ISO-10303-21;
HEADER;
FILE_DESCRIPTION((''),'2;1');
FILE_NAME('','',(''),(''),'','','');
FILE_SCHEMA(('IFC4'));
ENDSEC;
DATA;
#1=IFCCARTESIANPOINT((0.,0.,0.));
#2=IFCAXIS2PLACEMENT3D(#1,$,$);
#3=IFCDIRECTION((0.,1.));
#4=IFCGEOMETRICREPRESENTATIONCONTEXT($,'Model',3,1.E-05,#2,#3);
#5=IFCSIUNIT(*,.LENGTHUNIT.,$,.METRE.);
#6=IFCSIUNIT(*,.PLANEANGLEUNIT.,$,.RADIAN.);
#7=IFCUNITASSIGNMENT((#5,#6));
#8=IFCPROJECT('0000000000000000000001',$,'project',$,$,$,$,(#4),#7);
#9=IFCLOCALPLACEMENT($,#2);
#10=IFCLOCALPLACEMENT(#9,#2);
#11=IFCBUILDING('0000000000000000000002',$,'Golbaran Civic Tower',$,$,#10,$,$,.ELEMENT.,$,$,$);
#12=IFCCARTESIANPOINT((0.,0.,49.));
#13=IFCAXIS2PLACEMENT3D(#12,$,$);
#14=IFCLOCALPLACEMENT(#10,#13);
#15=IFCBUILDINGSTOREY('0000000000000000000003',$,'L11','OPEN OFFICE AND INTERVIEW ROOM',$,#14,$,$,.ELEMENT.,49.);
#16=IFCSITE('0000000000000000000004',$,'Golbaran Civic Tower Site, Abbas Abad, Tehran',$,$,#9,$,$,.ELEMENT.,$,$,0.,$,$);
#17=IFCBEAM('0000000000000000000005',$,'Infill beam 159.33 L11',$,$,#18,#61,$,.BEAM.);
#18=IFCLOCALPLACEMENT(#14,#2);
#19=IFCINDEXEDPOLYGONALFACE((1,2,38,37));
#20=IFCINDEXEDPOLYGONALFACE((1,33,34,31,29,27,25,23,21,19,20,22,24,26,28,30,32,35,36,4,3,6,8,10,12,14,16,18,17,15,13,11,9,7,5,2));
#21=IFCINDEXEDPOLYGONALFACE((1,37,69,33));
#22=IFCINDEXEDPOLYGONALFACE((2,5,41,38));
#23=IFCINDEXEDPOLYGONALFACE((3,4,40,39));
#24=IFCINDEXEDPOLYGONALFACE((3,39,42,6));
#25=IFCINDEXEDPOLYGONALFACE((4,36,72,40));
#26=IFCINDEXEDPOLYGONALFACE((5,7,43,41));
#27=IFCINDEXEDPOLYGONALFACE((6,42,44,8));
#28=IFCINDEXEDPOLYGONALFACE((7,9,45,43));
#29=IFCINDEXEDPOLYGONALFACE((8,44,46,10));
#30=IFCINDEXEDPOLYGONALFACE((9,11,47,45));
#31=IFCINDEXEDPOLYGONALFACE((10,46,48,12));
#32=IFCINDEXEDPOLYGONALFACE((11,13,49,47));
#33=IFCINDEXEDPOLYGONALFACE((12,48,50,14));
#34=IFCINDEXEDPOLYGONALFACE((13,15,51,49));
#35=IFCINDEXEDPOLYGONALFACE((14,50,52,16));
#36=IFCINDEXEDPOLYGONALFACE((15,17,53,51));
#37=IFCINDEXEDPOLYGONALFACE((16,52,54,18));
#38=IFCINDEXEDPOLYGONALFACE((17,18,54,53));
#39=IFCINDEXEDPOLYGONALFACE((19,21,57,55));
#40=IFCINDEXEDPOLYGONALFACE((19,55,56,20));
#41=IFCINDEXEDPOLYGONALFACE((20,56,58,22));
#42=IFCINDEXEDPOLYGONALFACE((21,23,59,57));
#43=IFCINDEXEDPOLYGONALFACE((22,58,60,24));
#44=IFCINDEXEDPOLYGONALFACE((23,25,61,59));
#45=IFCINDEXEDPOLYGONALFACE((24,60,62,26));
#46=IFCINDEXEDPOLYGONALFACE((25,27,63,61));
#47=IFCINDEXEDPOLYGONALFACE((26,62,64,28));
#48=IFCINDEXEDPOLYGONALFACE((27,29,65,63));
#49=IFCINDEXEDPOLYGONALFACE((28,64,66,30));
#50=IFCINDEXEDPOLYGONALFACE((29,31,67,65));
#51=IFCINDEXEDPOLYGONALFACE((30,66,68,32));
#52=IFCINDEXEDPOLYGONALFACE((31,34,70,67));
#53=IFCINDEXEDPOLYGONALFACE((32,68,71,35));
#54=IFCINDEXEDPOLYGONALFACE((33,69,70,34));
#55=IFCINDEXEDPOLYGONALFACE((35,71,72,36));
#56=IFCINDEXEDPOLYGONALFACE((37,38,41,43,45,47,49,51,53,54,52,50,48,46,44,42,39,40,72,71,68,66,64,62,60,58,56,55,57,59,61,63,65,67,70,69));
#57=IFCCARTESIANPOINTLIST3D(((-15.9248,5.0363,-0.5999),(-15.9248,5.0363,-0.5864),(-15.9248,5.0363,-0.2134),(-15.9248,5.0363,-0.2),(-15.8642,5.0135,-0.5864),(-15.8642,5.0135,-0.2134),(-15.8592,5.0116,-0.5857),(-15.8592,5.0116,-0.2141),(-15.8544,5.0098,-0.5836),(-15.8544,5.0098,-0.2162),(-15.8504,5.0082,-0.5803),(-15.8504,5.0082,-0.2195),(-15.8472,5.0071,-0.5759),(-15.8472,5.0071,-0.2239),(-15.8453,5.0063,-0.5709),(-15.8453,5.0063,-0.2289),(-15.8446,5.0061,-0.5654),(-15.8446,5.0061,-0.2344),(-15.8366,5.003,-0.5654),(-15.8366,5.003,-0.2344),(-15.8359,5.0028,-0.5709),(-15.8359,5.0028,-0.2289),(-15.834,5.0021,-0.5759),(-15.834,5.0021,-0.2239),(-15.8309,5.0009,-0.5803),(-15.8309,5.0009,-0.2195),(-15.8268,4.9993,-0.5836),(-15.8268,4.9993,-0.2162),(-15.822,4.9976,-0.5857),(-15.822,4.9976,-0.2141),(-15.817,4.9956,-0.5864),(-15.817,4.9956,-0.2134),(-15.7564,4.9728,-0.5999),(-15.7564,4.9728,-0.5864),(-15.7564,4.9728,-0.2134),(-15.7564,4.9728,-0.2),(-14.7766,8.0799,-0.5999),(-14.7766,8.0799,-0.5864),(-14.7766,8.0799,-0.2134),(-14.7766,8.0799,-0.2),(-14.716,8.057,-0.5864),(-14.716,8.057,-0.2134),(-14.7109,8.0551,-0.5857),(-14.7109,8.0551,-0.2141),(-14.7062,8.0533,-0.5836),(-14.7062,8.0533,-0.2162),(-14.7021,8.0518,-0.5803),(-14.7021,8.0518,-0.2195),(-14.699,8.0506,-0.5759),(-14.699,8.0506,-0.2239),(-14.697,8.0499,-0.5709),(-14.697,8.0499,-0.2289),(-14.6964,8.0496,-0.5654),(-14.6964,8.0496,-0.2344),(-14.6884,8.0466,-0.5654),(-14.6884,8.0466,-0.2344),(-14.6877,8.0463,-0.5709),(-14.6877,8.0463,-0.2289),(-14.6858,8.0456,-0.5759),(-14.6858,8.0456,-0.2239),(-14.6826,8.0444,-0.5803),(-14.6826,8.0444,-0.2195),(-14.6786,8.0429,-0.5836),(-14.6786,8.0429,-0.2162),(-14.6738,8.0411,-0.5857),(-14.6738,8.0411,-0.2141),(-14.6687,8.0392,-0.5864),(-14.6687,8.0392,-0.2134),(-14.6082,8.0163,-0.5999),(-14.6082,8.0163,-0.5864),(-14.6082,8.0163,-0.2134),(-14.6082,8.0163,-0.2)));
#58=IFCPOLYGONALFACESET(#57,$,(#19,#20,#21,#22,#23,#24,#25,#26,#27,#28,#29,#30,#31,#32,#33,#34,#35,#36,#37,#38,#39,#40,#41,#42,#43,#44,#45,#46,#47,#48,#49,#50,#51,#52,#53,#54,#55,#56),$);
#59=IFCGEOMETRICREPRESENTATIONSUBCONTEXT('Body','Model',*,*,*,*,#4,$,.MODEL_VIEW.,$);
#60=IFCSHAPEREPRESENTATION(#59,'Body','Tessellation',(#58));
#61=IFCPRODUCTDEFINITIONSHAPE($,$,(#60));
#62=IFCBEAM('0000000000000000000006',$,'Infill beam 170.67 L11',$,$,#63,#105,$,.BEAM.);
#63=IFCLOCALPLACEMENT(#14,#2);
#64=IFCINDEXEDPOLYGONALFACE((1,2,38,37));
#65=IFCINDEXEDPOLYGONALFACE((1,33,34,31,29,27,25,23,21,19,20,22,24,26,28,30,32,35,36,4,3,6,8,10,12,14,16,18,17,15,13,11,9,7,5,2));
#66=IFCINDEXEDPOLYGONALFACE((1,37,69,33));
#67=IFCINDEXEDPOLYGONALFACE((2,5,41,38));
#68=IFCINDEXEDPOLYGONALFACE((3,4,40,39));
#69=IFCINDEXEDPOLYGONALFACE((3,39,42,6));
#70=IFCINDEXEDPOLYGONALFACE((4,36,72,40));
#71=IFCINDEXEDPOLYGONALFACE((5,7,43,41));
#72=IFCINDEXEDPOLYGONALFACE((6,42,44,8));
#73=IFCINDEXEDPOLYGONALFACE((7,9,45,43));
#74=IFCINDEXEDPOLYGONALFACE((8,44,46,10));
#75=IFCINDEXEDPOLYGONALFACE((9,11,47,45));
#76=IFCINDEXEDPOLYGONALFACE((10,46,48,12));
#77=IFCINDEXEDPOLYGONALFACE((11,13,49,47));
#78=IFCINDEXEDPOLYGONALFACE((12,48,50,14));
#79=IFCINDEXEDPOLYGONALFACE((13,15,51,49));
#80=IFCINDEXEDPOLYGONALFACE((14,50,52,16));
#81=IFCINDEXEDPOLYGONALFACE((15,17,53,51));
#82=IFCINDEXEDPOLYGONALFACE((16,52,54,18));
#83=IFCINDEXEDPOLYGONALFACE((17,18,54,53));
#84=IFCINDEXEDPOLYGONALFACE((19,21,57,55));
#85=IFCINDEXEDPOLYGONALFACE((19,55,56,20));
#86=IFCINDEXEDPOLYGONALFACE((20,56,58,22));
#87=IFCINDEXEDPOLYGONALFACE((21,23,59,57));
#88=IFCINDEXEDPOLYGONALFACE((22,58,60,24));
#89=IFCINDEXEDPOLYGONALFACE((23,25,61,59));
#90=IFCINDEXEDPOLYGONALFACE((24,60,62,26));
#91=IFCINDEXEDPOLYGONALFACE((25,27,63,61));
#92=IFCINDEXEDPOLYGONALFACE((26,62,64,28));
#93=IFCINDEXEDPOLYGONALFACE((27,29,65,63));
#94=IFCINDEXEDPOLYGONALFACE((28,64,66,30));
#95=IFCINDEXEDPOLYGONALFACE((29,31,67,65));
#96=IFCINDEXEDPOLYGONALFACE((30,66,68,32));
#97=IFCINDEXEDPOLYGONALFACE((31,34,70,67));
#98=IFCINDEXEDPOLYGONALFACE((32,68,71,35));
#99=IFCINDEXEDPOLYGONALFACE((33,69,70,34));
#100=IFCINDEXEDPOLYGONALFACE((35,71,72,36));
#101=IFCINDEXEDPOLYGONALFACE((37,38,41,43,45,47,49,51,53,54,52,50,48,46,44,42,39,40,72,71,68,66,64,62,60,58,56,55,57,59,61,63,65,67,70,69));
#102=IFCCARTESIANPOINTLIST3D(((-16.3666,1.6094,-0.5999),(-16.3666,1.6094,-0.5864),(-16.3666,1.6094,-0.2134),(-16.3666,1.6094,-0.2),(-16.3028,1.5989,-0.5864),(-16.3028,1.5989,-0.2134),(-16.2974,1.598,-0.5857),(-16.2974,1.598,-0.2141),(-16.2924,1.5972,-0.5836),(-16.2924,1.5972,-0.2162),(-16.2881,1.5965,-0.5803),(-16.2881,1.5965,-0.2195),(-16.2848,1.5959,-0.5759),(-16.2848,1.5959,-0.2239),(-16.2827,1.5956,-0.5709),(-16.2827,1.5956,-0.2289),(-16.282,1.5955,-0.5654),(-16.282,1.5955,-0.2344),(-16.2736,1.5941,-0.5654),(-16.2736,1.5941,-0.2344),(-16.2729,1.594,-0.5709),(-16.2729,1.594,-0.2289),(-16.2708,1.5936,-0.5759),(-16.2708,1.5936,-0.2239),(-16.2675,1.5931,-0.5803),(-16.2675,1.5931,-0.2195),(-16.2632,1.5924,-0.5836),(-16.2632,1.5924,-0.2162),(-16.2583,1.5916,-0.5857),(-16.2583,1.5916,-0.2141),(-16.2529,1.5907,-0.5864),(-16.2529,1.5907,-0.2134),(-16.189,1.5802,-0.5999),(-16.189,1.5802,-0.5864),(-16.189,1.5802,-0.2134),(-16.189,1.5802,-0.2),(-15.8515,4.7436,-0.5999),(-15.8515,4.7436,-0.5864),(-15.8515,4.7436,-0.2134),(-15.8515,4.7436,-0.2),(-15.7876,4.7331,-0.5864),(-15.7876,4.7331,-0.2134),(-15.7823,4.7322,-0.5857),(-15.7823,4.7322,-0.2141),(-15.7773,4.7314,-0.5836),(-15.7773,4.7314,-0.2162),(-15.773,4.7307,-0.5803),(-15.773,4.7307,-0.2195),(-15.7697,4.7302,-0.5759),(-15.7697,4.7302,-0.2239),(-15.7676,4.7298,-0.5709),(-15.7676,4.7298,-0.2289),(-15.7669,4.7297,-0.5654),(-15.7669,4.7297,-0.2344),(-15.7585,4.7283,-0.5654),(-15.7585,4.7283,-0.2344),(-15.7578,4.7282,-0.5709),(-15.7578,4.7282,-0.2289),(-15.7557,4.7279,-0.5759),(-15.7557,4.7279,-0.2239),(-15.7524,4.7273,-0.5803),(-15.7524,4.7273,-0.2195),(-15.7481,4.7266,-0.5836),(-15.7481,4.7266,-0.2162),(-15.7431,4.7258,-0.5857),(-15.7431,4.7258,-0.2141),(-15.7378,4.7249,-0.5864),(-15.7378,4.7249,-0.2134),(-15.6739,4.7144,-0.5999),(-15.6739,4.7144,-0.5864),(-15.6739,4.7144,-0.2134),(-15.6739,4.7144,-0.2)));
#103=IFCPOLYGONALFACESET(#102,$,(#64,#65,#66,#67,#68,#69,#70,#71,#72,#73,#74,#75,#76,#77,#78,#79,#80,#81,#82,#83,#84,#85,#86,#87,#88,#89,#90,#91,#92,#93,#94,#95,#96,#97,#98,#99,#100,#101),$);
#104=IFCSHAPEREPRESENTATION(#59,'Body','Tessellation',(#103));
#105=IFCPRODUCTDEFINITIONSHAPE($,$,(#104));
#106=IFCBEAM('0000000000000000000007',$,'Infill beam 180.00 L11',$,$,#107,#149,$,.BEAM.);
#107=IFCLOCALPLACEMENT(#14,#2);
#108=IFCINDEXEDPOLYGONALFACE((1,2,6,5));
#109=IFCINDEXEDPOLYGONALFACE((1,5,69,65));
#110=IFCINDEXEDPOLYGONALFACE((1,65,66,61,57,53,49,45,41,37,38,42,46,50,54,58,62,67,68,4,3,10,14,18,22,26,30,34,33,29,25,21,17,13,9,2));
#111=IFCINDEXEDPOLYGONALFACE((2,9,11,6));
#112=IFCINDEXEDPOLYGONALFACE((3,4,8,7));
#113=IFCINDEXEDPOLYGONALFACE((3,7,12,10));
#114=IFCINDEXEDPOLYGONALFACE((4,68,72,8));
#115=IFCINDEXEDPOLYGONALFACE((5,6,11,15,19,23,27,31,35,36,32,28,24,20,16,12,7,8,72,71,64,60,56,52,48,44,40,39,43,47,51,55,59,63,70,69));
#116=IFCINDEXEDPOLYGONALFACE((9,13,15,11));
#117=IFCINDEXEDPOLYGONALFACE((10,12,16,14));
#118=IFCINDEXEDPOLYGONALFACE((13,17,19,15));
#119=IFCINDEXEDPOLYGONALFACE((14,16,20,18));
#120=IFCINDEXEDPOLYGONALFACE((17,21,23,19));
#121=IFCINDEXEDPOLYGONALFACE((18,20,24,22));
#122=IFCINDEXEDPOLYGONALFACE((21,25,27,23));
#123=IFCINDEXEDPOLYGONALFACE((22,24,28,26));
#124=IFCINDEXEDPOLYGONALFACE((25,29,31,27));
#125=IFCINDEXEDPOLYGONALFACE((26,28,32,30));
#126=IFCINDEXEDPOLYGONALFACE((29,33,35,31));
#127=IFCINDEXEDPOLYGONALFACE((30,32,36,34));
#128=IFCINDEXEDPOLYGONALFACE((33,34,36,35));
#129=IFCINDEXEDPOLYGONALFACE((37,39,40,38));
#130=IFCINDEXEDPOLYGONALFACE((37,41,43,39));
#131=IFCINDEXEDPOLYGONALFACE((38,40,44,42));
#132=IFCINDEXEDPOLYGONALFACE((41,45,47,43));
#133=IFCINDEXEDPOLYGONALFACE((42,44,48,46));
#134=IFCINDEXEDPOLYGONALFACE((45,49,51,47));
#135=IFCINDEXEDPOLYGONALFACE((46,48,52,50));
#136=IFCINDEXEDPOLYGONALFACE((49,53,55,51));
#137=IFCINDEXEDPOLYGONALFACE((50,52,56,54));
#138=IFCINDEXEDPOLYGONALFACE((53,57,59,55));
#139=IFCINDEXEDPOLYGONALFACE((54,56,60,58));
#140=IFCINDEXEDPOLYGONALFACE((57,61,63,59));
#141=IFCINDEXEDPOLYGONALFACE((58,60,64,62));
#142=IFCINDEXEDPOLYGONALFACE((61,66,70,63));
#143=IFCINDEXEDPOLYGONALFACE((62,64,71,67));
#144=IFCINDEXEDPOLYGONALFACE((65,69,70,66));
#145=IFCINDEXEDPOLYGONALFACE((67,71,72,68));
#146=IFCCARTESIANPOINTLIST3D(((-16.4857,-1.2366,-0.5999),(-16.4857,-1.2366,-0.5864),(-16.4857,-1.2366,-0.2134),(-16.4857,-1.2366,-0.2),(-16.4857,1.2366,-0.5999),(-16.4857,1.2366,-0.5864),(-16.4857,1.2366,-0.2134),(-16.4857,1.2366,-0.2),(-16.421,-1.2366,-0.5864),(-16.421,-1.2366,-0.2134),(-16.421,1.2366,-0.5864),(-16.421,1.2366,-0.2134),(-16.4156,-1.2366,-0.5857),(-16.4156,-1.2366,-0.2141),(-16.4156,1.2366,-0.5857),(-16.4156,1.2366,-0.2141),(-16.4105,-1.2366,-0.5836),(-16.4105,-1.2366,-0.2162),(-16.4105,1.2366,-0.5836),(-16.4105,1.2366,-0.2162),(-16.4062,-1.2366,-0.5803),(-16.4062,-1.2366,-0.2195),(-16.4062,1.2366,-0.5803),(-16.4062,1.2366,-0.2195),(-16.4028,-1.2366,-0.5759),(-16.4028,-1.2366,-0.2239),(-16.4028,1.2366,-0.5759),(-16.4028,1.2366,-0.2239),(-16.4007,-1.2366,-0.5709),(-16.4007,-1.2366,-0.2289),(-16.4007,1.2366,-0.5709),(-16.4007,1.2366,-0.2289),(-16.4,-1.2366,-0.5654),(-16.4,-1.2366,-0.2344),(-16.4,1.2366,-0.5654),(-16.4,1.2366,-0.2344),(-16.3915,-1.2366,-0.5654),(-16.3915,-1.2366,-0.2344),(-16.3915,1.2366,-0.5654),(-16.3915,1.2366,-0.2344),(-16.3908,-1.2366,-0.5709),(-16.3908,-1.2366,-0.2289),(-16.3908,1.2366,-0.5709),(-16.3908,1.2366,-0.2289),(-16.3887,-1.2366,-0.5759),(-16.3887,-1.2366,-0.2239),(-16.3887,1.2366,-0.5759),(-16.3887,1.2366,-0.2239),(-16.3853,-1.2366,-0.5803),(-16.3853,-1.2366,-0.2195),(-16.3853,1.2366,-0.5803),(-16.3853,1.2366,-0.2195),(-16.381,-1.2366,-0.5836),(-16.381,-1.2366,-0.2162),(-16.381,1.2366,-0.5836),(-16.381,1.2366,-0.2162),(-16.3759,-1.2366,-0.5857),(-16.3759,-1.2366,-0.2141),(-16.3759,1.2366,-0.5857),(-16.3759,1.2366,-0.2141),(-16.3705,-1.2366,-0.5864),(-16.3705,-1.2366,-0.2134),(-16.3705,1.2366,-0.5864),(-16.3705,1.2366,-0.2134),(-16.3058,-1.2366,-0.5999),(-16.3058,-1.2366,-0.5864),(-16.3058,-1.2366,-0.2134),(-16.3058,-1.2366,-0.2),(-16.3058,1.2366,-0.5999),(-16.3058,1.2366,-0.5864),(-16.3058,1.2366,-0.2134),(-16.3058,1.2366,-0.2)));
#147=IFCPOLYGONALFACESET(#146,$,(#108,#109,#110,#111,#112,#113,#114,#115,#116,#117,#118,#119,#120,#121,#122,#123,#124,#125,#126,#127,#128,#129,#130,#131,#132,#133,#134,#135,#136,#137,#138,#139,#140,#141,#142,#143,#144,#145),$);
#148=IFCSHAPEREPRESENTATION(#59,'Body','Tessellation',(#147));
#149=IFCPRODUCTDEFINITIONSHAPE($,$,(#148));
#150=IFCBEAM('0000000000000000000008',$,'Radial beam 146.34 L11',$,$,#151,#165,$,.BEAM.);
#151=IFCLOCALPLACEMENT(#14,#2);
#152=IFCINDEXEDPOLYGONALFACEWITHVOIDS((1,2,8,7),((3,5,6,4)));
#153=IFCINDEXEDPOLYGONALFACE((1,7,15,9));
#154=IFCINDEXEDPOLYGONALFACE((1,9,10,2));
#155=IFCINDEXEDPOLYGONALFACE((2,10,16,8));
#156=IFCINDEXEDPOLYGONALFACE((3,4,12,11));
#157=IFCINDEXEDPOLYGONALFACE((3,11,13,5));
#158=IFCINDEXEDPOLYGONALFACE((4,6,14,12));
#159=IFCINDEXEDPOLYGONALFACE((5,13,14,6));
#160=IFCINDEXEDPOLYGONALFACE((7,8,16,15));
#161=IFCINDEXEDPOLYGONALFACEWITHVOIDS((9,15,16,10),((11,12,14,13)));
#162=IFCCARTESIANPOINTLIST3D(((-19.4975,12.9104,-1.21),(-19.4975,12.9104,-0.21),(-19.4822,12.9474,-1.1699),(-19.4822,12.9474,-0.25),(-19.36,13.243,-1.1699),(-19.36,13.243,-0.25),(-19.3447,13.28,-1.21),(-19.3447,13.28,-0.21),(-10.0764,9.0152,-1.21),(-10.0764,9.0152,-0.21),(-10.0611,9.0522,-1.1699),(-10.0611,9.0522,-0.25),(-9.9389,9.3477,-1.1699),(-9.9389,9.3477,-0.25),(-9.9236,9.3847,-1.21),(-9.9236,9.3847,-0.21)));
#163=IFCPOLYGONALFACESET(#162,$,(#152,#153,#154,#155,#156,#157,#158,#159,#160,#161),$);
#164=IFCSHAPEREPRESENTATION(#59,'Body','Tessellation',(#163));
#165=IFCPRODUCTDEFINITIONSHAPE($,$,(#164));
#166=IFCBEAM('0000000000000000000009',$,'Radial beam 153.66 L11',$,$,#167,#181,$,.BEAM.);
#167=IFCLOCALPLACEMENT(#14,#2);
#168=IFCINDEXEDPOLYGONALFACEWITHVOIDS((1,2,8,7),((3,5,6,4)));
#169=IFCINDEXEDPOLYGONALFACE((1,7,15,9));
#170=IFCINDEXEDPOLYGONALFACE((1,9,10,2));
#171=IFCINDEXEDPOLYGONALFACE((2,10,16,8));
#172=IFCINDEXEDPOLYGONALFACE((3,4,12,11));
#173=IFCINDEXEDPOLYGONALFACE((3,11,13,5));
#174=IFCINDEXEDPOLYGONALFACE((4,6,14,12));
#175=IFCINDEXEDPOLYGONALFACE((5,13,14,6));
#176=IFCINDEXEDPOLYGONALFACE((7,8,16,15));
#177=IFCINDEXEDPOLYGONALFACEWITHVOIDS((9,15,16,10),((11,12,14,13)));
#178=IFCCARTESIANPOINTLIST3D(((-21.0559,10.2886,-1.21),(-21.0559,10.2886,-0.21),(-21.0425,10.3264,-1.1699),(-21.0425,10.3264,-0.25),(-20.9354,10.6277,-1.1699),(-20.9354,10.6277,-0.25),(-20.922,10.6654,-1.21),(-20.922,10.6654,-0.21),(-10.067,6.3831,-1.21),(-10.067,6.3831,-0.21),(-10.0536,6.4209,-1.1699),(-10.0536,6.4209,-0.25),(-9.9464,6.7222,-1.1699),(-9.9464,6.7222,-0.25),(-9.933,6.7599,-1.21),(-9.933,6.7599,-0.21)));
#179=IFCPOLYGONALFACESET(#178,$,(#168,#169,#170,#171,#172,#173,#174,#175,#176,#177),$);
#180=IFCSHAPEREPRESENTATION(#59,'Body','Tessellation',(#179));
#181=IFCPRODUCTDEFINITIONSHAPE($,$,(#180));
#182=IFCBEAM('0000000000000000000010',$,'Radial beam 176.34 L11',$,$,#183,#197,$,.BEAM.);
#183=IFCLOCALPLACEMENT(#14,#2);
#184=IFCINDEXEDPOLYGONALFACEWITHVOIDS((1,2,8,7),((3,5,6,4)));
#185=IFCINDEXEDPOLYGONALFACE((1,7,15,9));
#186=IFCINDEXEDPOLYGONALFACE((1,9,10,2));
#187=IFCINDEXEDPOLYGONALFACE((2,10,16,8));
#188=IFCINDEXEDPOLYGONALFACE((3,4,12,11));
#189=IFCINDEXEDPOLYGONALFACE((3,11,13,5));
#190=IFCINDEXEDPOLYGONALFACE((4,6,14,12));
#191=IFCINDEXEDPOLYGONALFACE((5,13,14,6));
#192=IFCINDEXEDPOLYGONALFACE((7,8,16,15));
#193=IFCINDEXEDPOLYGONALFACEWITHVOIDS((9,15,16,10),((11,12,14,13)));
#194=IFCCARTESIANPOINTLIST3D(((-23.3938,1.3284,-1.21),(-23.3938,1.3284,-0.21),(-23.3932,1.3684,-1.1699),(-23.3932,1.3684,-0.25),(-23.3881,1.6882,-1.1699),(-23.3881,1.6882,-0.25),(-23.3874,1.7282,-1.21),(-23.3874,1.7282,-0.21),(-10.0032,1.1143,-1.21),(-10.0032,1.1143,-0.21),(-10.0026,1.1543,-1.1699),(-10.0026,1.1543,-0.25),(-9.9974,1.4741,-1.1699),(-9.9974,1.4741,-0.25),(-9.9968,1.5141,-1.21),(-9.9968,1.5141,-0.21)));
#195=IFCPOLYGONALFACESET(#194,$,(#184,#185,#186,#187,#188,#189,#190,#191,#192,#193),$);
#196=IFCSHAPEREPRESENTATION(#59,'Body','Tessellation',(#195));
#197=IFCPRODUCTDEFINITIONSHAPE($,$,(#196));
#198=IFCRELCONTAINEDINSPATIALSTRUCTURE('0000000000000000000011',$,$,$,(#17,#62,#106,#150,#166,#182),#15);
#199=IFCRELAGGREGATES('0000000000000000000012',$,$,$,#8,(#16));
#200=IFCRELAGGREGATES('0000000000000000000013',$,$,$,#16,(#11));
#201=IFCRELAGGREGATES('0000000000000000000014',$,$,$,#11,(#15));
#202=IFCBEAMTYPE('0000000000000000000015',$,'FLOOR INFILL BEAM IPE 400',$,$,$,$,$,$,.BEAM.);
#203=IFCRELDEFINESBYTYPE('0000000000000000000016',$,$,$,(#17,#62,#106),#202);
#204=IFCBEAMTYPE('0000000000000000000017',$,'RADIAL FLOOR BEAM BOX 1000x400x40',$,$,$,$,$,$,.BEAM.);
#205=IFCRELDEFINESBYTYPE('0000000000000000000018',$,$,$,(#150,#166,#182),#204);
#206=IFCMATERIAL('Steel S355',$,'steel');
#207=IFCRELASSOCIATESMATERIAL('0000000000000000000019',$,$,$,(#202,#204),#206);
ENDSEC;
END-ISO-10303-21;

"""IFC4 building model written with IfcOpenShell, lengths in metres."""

from ifc_helpers import new_model, si_unit, direction, frame, origin, origin_2d, place, context, subcontext, project, spatial, hollow_rectangle, i_section, extrude, material, material_profile, profile_set, type_object, element, save


model = new_model("IFC4")

# Units and contexts
model_context = context("Model", 3, precision=1e-05, world=origin(), true_north=direction((0.0, 1.0)))
body_context = subcontext(model_context, "Body", "Model", "MODEL_VIEW")
ifc_project = project(units=[si_unit("LENGTHUNIT", "METRE"), si_unit("PLANEANGLEUNIT", "RADIAN")], contexts=[model_context])

# Site, building, storey
site_placement = place(None, origin())
site = spatial("IfcSite", under=ifc_project, at=site_placement, Name="Golbaran Civic Tower Site, Abbas Abad, Tehran", CompositionType="ELEMENT", RefElevation=0.0)
building_placement = place(site_placement, origin())
building = spatial("IfcBuilding", under=site, at=building_placement, Name="Golbaran Civic Tower", CompositionType="ELEMENT")
storey_placement = place(building_placement, frame((0.0, 0.0, 49.0)))
storey = spatial("IfcBuildingStorey", under=building, at=storey_placement, Name="L11", Description="OPEN OFFICE AND INTERVIEW ROOM", CompositionType="ELEMENT", Elevation=49.0)

# Beams
ifc_material_1 = material(Name="Steel S355", Category="steel")
ifc_material_profile_1 = material_profile(ifc_material_1, i_section(OverallWidth=0.1799, OverallDepth=0.3999, WebThickness=0.0085, FlangeThickness=0.0134, FilletRadius=0.021, at=origin_2d()), Name="IPE 400")
ifc_profile_set_1 = profile_set([ifc_material_profile_1], Name="Steel S355")
beam_type_1 = type_object("IfcBeamType", Name="FLOOR INFILL BEAM IPE 400", PredefinedType="BEAM", material=ifc_profile_set_1)
beam_1_placement = place(storey_placement, frame((-14.6924, 8.0481, -0.3999), z_axis=(-0.352982, -0.93563, 0.0), x_axis=(0.93563, -0.352982, 0.0)))
element("IfcBeam", 1, at=beam_1_placement, inside=storey, type_object=beam_type_1, Name="Infill beam 159.33 L11", PredefinedType="BEAM", context=body_context, shape_type="SweptSolid", body=[
    extrude(i_section(OverallWidth=0.1799, OverallDepth=0.3999, WebThickness=0.0085, FlangeThickness=0.0134, FilletRadius=0.021, at=origin_2d()), origin(), (0.0, 0.0, 1.0), 3.2529),
])
beam_2_placement = place(storey_placement, frame((-15.7627, 4.729, -0.3999), z_axis=(-0.16218, -0.986761, 0.0), x_axis=(0.986761, -0.16218, 0.0)))
element("IfcBeam", 2, at=beam_2_placement, inside=storey, type_object=beam_type_1, Name="Infill beam 170.67 L11", PredefinedType="BEAM", context=body_context, shape_type="SweptSolid", body=[
    extrude(i_section(OverallWidth=0.1799, OverallDepth=0.3999, WebThickness=0.0085, FlangeThickness=0.0134, FilletRadius=0.021, at=origin_2d()), origin(), (0.0, 0.0, 1.0), 3.1763),
])
beam_3_placement = place(storey_placement, frame((-16.3958, 1.2366, -0.3999), z_axis=(0.0, -1.0, 0.0), x_axis=(1.0, 0.0, 0.0)))
element("IfcBeam", 3, at=beam_3_placement, inside=storey, type_object=beam_type_1, Name="Infill beam 180.00 L11", PredefinedType="BEAM", context=body_context, shape_type="SweptSolid", body=[
    extrude(i_section(OverallWidth=0.1799, OverallDepth=0.3999, WebThickness=0.0085, FlangeThickness=0.0134, FilletRadius=0.021, at=origin_2d()), origin(), (0.0, 0.0, 1.0), 2.4731),
])
ifc_material_profile_2 = material_profile(ifc_material_1, hollow_rectangle(XDim=0.3999, YDim=1.0, WallThickness=0.04, at=origin_2d()), Name="BOX 1000x400x40")
ifc_profile_set_2 = profile_set([ifc_material_profile_2], Name="Steel S355")
beam_type_2 = type_object("IfcBeamType", Name="RADIAL FLOOR BEAM BOX 1000x400x40", PredefinedType="BEAM", material=ifc_profile_set_2)
beam_4_placement = place(storey_placement, frame((-10.0, 9.2, -0.71), z_axis=(-0.924126, 0.382089, 0.0), x_axis=(-0.382089, -0.924126, 0.0)))
element("IfcBeam", 4, at=beam_4_placement, inside=storey, type_object=beam_type_2, Name="Radial beam 146.34 L11", PredefinedType="BEAM", context=body_context, shape_type="SweptSolid", body=[
    extrude(hollow_rectangle(XDim=0.3999, YDim=1.0, WallThickness=0.04, at=origin_2d()), origin(), (0.0, 0.0, 1.0), 10.1946),
])
beam_5_placement = place(storey_placement, frame((-10.0, 6.5715, -0.71), z_axis=(-0.94226, 0.334881, 0.0), x_axis=(-0.334881, -0.94226, 0.0)))
element("IfcBeam", 5, at=beam_5_placement, inside=storey, type_object=beam_type_2, Name="Radial beam 153.66 L11", PredefinedType="BEAM", context=body_context, shape_type="SweptSolid", body=[
    extrude(hollow_rectangle(XDim=0.3999, YDim=1.0, WallThickness=0.04, at=origin_2d()), origin(), (0.0, 0.0, 1.0), 11.6624),
])
beam_6_placement = place(storey_placement, frame((-10.0, 1.3142, -0.71), z_axis=(-0.999872, 0.015988, 0.0), x_axis=(-0.015988, -0.999872, 0.0)))
element("IfcBeam", 6, at=beam_6_placement, inside=storey, type_object=beam_type_2, Name="Radial beam 176.34 L11", PredefinedType="BEAM", context=body_context, shape_type="SweptSolid", body=[
    extrude(hollow_rectangle(XDim=0.3999, YDim=1.0, WallThickness=0.04, at=origin_2d()), origin(), (0.0, 0.0, 1.0), 13.3923),
])

save(model, "model.ifc")
